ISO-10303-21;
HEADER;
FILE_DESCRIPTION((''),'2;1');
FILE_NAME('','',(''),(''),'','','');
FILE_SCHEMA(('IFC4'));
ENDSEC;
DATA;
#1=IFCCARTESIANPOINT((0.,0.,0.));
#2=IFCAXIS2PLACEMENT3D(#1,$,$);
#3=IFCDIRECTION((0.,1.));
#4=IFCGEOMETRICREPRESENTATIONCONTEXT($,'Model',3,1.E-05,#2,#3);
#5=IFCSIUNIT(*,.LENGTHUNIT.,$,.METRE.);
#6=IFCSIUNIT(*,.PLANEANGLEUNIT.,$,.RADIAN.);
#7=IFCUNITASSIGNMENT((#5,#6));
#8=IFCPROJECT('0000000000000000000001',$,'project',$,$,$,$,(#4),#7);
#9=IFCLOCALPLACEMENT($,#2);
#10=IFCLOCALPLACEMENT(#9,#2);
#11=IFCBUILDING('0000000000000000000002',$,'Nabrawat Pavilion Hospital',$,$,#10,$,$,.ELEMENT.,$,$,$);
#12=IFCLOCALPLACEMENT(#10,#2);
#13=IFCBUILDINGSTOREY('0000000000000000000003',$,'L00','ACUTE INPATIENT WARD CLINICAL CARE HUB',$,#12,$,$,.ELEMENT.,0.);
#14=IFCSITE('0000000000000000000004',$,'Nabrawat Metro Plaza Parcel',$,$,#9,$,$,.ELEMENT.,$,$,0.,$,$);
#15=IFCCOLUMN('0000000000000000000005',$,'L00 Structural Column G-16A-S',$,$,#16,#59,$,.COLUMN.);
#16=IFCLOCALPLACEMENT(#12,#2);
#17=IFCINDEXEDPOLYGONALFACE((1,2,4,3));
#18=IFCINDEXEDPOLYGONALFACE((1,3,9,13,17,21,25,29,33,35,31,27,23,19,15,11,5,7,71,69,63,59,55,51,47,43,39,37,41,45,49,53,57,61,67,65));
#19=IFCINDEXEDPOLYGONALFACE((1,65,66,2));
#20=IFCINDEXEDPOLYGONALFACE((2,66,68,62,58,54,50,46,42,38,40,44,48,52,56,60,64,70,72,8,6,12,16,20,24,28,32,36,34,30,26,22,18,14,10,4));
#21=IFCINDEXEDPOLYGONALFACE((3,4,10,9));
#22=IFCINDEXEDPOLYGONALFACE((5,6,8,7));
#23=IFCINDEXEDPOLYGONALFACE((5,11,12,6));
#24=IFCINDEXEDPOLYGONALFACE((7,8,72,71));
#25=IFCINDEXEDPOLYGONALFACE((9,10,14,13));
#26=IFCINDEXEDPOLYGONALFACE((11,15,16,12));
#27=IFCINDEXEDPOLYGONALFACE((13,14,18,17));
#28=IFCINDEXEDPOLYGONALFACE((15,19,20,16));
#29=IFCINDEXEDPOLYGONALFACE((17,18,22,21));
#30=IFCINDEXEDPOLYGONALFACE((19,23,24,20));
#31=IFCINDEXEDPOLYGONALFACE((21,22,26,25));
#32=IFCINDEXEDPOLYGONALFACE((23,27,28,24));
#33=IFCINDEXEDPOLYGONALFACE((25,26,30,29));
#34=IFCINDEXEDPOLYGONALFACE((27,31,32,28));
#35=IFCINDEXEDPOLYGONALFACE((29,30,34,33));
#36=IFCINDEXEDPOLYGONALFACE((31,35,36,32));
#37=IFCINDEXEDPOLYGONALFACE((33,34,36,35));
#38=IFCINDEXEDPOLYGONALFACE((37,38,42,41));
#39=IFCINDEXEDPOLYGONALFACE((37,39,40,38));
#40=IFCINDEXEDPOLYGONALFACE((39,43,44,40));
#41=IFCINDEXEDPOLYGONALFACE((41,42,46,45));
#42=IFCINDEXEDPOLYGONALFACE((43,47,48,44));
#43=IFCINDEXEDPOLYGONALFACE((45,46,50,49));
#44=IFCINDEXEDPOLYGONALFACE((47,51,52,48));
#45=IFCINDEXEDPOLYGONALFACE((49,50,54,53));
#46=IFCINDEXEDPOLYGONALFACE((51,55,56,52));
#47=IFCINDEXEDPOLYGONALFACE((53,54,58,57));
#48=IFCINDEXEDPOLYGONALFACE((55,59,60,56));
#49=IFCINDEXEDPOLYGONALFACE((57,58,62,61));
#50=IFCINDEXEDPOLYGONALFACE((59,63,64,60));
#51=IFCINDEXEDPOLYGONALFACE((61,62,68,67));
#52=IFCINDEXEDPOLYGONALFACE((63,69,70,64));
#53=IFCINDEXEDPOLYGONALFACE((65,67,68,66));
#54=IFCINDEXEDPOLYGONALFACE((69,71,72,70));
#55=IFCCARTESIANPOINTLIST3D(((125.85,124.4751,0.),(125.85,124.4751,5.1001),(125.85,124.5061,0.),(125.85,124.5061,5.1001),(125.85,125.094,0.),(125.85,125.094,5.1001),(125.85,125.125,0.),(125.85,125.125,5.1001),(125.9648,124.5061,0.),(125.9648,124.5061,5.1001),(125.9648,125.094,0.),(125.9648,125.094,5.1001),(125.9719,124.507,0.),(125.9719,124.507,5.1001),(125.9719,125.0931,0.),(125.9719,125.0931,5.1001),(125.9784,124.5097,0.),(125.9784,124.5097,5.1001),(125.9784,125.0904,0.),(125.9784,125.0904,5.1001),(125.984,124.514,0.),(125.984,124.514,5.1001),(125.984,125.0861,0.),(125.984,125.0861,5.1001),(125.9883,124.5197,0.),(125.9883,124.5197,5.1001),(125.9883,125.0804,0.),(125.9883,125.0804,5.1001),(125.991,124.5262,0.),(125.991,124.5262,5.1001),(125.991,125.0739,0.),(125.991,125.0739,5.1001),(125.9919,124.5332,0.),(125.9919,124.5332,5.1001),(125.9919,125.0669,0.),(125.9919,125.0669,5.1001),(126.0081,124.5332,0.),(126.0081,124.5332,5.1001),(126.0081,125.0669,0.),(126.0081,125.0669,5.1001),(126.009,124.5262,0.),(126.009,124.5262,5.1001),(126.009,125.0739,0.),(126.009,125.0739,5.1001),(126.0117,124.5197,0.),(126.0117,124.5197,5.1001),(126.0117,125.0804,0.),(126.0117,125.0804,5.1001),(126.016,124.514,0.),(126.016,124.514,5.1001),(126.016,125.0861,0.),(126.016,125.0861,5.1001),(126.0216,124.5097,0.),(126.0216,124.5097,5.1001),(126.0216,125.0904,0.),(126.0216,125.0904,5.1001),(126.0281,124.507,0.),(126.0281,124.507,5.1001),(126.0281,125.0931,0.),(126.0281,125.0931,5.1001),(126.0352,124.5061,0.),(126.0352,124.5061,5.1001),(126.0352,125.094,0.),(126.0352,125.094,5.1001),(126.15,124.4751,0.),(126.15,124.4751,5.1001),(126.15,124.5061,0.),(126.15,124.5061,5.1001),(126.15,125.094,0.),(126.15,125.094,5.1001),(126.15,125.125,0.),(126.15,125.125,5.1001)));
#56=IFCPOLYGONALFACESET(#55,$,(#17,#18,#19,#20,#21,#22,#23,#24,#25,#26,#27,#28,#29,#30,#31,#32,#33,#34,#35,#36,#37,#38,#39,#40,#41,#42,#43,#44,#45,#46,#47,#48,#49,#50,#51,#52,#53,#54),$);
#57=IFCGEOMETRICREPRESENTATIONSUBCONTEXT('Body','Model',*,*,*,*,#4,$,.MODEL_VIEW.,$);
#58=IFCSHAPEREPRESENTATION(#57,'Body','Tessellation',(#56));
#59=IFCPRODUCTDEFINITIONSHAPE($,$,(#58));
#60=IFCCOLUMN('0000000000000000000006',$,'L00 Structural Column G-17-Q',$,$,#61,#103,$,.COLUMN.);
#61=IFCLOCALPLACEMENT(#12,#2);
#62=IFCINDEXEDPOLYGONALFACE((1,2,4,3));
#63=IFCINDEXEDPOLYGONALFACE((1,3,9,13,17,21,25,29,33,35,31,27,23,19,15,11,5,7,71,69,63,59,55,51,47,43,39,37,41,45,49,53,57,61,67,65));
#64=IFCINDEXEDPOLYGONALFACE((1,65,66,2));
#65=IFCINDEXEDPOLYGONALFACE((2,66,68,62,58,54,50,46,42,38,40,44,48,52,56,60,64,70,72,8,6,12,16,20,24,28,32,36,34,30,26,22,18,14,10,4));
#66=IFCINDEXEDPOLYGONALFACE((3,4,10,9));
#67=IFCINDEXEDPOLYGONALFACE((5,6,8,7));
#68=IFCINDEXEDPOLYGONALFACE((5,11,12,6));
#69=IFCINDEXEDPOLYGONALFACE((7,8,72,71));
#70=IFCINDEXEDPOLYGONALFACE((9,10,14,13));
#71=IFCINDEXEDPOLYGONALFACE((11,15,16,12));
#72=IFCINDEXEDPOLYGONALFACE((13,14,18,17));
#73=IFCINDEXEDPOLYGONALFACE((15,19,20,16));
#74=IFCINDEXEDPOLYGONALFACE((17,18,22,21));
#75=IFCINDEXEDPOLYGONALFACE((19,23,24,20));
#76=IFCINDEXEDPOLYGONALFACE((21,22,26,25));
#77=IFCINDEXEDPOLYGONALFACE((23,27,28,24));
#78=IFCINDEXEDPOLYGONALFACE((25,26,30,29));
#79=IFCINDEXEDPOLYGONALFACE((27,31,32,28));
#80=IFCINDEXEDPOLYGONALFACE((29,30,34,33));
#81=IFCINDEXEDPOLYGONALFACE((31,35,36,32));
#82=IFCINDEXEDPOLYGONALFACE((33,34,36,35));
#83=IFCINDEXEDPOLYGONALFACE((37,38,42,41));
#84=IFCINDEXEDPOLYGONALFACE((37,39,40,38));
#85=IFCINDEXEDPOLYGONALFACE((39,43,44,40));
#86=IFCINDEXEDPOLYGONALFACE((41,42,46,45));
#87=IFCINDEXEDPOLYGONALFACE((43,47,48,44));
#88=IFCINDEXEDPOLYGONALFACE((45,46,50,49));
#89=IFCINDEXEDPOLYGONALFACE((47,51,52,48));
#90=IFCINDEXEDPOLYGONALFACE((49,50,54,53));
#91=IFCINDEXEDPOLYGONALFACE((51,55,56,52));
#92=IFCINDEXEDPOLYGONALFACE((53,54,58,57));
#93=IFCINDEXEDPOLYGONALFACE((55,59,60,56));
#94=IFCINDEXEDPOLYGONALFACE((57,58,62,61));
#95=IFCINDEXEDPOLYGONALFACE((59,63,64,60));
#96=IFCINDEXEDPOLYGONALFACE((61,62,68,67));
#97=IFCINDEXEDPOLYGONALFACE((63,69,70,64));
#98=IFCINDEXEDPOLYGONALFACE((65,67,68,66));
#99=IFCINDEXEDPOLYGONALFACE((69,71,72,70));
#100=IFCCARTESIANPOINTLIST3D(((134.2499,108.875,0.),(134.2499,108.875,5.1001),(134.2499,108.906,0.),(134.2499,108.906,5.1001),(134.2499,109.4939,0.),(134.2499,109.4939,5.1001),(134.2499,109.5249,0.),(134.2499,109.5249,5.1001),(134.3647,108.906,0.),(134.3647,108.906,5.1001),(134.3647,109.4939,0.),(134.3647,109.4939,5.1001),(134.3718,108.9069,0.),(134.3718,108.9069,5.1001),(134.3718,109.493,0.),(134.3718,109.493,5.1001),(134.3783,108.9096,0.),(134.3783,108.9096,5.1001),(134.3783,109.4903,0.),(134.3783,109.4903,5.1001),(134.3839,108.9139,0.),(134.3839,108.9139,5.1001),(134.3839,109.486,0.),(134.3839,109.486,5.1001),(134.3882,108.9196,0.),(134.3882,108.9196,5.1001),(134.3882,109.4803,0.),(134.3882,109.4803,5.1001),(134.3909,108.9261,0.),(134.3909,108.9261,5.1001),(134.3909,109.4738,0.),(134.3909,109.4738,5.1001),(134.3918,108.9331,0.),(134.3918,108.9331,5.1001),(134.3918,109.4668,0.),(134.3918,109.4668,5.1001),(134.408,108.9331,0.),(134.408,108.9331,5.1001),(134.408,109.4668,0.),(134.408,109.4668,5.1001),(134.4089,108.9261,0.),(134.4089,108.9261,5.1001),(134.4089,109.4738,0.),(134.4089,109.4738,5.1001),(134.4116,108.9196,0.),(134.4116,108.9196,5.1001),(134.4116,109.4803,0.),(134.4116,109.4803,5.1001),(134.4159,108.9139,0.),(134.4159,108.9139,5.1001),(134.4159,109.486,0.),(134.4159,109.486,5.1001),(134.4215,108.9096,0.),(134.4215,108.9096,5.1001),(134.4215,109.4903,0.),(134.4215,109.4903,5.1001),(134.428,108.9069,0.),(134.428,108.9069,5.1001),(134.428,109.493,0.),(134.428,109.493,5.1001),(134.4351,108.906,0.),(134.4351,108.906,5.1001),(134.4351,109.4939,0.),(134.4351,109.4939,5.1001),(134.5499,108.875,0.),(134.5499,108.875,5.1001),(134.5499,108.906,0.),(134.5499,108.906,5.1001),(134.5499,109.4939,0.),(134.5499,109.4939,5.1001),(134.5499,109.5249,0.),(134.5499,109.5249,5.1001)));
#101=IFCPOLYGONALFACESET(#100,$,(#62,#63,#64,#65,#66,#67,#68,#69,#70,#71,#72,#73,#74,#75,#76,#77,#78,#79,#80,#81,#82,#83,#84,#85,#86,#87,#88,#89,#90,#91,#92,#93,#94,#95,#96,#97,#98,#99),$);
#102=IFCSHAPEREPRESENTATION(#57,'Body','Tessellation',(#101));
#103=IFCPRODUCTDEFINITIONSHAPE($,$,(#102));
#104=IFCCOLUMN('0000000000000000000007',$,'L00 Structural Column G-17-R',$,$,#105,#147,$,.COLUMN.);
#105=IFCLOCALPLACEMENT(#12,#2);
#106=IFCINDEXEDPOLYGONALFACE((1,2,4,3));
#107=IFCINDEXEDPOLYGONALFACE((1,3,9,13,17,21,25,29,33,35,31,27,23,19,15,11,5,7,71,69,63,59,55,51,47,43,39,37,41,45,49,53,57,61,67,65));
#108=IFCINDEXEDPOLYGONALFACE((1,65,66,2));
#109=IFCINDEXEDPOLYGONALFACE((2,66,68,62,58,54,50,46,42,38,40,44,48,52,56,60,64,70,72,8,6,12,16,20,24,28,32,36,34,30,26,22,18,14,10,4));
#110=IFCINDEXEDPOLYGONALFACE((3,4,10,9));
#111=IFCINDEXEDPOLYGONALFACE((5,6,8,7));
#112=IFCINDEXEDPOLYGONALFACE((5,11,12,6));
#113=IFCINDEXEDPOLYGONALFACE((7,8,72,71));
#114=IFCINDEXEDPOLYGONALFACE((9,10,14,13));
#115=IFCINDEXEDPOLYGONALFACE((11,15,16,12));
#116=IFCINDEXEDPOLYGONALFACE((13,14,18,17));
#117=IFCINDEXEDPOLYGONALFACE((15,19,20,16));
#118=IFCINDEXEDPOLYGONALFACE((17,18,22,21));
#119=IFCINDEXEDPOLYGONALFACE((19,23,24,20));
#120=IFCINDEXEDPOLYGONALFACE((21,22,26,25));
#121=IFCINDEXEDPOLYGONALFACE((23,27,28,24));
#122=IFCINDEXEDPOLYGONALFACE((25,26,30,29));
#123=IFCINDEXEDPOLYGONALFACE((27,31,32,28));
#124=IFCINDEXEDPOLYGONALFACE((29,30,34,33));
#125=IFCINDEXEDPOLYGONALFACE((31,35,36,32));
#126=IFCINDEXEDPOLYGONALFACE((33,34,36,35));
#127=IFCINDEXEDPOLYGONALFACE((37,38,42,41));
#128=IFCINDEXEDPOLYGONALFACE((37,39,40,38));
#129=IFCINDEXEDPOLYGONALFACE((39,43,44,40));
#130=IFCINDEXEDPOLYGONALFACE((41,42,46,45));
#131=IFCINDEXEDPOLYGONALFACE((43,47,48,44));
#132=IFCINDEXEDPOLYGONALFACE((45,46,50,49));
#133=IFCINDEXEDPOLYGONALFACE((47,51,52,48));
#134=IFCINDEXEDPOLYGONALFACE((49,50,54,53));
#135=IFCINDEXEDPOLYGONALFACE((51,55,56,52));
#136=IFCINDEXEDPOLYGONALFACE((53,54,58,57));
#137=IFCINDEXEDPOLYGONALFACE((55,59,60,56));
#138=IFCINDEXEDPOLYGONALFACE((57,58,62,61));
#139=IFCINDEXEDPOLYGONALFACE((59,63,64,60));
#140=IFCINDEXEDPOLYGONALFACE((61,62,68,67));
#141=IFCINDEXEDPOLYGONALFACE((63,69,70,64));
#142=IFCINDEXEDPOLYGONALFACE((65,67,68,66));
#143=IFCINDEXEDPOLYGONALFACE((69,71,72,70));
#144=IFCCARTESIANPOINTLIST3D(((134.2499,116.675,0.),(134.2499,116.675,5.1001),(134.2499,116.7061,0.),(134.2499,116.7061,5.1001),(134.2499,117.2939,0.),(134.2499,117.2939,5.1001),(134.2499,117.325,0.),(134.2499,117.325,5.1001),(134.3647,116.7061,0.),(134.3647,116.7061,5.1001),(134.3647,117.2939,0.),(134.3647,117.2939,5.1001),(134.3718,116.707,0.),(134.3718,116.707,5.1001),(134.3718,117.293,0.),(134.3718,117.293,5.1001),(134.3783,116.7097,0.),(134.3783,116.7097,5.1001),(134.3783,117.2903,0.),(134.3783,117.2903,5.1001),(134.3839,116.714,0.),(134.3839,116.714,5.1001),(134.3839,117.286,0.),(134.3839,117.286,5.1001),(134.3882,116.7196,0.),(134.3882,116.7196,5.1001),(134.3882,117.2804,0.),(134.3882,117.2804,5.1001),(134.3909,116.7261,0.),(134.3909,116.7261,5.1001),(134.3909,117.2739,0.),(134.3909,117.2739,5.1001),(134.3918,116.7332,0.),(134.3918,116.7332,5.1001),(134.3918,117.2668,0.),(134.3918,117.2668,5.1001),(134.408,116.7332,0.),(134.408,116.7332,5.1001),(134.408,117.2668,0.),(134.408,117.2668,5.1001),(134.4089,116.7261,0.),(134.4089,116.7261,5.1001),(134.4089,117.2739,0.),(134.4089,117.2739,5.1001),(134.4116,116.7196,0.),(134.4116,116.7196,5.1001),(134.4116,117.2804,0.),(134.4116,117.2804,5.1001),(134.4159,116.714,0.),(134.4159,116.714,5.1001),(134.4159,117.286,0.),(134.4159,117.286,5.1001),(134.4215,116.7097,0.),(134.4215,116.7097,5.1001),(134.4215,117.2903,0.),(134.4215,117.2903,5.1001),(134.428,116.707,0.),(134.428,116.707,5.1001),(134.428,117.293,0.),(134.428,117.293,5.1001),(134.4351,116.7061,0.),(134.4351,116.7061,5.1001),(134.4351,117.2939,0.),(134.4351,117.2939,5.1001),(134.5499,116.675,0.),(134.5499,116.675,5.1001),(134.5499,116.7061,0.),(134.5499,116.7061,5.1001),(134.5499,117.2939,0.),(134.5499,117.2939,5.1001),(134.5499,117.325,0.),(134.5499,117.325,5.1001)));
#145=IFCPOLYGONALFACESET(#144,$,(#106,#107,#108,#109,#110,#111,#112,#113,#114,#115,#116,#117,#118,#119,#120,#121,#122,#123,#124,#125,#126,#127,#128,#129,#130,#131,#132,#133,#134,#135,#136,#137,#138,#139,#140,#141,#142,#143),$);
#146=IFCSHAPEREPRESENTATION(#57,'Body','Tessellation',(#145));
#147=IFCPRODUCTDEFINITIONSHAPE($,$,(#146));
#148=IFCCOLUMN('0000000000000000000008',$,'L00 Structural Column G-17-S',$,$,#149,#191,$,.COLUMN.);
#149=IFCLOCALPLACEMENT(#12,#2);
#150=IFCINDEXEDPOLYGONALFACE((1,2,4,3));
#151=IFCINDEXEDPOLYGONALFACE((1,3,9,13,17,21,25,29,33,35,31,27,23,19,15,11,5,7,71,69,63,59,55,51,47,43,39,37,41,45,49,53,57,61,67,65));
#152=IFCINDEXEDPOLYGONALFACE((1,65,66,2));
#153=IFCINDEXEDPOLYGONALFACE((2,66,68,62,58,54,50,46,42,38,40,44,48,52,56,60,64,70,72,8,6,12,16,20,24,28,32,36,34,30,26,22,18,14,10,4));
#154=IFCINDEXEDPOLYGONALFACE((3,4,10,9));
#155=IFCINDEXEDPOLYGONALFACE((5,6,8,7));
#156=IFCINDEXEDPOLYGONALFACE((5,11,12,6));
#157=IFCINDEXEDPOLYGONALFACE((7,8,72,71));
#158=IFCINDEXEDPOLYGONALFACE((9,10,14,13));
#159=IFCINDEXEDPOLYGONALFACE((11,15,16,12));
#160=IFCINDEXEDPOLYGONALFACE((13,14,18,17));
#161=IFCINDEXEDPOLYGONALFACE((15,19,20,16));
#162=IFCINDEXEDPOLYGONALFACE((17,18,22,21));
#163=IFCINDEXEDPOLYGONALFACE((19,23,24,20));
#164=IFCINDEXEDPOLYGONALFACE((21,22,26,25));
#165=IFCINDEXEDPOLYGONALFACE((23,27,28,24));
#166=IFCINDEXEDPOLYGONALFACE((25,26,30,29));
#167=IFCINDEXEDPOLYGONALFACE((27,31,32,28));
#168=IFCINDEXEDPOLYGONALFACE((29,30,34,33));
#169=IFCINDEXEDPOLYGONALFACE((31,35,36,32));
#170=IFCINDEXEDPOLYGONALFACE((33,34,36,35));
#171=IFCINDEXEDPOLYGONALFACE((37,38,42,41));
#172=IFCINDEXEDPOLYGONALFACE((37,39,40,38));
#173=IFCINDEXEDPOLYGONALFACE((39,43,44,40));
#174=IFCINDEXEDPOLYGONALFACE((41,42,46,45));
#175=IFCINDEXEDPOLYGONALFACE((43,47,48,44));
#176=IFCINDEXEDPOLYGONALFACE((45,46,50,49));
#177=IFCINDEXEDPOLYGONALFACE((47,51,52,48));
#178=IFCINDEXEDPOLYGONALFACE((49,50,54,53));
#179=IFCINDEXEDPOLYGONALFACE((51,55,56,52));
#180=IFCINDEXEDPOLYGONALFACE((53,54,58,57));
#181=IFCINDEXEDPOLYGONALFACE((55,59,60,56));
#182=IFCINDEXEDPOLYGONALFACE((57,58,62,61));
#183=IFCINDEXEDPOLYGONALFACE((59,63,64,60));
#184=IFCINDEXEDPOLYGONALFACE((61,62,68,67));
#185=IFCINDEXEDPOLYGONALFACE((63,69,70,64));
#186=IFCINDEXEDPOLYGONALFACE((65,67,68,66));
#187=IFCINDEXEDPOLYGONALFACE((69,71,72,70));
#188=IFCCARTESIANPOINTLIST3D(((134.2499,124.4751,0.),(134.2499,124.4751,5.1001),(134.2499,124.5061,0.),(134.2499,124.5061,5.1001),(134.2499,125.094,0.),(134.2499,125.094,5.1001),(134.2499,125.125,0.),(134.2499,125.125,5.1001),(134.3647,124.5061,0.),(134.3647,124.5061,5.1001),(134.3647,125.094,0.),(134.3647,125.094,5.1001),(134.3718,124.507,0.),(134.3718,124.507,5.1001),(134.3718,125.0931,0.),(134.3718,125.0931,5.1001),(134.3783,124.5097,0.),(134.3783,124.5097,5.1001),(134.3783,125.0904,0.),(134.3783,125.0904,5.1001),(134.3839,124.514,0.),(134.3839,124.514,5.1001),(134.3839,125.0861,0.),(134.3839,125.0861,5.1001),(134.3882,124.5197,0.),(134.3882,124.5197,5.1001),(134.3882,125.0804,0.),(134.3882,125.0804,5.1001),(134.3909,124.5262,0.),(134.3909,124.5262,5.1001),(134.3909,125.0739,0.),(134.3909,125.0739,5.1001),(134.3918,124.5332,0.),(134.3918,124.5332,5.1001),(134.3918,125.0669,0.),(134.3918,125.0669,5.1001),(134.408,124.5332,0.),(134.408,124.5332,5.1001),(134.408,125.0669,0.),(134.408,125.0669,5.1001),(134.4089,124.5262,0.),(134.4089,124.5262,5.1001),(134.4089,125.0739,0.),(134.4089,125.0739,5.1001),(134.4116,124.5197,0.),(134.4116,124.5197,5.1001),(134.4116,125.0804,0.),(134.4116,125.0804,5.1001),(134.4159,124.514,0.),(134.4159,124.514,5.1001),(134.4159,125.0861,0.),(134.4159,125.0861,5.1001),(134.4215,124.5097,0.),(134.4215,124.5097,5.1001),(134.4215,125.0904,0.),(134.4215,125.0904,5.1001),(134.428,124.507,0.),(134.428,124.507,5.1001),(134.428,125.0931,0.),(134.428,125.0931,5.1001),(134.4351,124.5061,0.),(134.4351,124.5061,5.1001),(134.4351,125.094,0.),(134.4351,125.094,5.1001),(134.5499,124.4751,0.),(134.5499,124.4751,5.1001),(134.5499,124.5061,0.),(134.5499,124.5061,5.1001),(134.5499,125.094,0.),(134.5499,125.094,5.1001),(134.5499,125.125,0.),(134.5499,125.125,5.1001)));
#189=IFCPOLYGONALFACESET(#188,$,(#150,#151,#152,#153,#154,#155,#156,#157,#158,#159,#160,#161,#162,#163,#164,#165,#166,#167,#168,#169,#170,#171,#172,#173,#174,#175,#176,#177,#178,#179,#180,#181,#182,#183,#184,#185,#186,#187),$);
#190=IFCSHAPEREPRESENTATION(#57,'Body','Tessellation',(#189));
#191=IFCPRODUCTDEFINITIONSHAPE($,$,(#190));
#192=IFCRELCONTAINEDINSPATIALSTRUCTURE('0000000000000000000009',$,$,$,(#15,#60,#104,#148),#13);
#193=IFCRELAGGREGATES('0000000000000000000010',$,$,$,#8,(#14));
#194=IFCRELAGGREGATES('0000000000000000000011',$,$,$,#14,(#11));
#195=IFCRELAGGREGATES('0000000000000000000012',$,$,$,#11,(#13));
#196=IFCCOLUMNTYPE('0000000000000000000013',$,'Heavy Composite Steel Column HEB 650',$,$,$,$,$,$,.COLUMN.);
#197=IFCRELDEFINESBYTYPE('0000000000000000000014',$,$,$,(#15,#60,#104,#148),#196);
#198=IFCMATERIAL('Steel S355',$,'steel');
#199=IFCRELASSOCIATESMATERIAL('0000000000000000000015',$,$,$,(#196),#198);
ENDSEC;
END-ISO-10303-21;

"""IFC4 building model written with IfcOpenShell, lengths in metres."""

from ifc_helpers import new_model, si_unit, direction, frame, origin, origin_2d, place, context, subcontext, project, spatial, i_section, extrude, material, material_profile, profile_set, type_object, element, save


model = new_model("IFC4")

# Units and contexts
model_context = context("Model", 3, precision=1e-05, world=origin(), true_north=direction((0.0, 1.0)))
body_context = subcontext(model_context, "Body", "Model", "MODEL_VIEW")
ifc_project = project(units=[si_unit("LENGTHUNIT", "METRE"), si_unit("PLANEANGLEUNIT", "RADIAN")], contexts=[model_context])

# Site, building, storey
site_placement = place(None, origin())
site = spatial("IfcSite", under=ifc_project, at=site_placement, Name="Nabrawat Metro Plaza Parcel", CompositionType="ELEMENT", RefElevation=0.0)
building_placement = place(site_placement, origin())
building = spatial("IfcBuilding", under=site, at=building_placement, Name="Nabrawat Pavilion Hospital", CompositionType="ELEMENT")
storey_placement = place(building_placement, origin())
storey = spatial("IfcBuildingStorey", under=building, at=storey_placement, Name="L00", Description="ACUTE INPATIENT WARD CLINICAL CARE HUB", CompositionType="ELEMENT", Elevation=0.0)

# Columns
ifc_material_1 = material(Name="Steel S355", Category="steel")
ifc_material_profile_1 = material_profile(ifc_material_1, i_section(OverallWidth=0.3, OverallDepth=0.6499, WebThickness=0.0161, FlangeThickness=0.031, FilletRadius=0.0271, at=origin_2d()), Name="HEB 650")
ifc_profile_set_1 = profile_set([ifc_material_profile_1], Name="Steel S355")
column_type_1 = type_object("IfcColumnType", Name="Heavy Composite Steel Column HEB 650", PredefinedType="COLUMN", material=ifc_profile_set_1)
for number, where, z_axis, x_axis, name in (
    (1, (126.0, 124.8, 0.0), (0.0, 0.0, 1.0), (1.0, 0.0, 0.0), "L00 Structural Column G-16A-S"),
    (2, (134.3999, 109.2, 0.0), (0.0, 0.0, 1.0), (1.0, 0.0, 0.0), "L00 Structural Column G-17-Q"),
    (3, (134.3999, 117.0, 0.0), (0.0, 0.0, 1.0), (1.0, 0.0, 0.0), "L00 Structural Column G-17-R"),
    (4, (134.3999, 124.8, 0.0), (0.0, 0.0, 1.0), (1.0, 0.0, 0.0), "L00 Structural Column G-17-S"),
):
    element("IfcColumn", number, at=place(storey_placement, frame(where, z_axis=z_axis, x_axis=x_axis)), inside=storey, type_object=column_type_1, Name=name, PredefinedType="COLUMN", context=body_context, shape_type="SweptSolid", body=[
        extrude(i_section(OverallWidth=0.3, OverallDepth=0.6499, WebThickness=0.0161, FlangeThickness=0.031, FilletRadius=0.0271, at=origin_2d()), origin(), (0.0, 0.0, 1.0), 5.1001),
    ])

save(model, "model.ifc")
